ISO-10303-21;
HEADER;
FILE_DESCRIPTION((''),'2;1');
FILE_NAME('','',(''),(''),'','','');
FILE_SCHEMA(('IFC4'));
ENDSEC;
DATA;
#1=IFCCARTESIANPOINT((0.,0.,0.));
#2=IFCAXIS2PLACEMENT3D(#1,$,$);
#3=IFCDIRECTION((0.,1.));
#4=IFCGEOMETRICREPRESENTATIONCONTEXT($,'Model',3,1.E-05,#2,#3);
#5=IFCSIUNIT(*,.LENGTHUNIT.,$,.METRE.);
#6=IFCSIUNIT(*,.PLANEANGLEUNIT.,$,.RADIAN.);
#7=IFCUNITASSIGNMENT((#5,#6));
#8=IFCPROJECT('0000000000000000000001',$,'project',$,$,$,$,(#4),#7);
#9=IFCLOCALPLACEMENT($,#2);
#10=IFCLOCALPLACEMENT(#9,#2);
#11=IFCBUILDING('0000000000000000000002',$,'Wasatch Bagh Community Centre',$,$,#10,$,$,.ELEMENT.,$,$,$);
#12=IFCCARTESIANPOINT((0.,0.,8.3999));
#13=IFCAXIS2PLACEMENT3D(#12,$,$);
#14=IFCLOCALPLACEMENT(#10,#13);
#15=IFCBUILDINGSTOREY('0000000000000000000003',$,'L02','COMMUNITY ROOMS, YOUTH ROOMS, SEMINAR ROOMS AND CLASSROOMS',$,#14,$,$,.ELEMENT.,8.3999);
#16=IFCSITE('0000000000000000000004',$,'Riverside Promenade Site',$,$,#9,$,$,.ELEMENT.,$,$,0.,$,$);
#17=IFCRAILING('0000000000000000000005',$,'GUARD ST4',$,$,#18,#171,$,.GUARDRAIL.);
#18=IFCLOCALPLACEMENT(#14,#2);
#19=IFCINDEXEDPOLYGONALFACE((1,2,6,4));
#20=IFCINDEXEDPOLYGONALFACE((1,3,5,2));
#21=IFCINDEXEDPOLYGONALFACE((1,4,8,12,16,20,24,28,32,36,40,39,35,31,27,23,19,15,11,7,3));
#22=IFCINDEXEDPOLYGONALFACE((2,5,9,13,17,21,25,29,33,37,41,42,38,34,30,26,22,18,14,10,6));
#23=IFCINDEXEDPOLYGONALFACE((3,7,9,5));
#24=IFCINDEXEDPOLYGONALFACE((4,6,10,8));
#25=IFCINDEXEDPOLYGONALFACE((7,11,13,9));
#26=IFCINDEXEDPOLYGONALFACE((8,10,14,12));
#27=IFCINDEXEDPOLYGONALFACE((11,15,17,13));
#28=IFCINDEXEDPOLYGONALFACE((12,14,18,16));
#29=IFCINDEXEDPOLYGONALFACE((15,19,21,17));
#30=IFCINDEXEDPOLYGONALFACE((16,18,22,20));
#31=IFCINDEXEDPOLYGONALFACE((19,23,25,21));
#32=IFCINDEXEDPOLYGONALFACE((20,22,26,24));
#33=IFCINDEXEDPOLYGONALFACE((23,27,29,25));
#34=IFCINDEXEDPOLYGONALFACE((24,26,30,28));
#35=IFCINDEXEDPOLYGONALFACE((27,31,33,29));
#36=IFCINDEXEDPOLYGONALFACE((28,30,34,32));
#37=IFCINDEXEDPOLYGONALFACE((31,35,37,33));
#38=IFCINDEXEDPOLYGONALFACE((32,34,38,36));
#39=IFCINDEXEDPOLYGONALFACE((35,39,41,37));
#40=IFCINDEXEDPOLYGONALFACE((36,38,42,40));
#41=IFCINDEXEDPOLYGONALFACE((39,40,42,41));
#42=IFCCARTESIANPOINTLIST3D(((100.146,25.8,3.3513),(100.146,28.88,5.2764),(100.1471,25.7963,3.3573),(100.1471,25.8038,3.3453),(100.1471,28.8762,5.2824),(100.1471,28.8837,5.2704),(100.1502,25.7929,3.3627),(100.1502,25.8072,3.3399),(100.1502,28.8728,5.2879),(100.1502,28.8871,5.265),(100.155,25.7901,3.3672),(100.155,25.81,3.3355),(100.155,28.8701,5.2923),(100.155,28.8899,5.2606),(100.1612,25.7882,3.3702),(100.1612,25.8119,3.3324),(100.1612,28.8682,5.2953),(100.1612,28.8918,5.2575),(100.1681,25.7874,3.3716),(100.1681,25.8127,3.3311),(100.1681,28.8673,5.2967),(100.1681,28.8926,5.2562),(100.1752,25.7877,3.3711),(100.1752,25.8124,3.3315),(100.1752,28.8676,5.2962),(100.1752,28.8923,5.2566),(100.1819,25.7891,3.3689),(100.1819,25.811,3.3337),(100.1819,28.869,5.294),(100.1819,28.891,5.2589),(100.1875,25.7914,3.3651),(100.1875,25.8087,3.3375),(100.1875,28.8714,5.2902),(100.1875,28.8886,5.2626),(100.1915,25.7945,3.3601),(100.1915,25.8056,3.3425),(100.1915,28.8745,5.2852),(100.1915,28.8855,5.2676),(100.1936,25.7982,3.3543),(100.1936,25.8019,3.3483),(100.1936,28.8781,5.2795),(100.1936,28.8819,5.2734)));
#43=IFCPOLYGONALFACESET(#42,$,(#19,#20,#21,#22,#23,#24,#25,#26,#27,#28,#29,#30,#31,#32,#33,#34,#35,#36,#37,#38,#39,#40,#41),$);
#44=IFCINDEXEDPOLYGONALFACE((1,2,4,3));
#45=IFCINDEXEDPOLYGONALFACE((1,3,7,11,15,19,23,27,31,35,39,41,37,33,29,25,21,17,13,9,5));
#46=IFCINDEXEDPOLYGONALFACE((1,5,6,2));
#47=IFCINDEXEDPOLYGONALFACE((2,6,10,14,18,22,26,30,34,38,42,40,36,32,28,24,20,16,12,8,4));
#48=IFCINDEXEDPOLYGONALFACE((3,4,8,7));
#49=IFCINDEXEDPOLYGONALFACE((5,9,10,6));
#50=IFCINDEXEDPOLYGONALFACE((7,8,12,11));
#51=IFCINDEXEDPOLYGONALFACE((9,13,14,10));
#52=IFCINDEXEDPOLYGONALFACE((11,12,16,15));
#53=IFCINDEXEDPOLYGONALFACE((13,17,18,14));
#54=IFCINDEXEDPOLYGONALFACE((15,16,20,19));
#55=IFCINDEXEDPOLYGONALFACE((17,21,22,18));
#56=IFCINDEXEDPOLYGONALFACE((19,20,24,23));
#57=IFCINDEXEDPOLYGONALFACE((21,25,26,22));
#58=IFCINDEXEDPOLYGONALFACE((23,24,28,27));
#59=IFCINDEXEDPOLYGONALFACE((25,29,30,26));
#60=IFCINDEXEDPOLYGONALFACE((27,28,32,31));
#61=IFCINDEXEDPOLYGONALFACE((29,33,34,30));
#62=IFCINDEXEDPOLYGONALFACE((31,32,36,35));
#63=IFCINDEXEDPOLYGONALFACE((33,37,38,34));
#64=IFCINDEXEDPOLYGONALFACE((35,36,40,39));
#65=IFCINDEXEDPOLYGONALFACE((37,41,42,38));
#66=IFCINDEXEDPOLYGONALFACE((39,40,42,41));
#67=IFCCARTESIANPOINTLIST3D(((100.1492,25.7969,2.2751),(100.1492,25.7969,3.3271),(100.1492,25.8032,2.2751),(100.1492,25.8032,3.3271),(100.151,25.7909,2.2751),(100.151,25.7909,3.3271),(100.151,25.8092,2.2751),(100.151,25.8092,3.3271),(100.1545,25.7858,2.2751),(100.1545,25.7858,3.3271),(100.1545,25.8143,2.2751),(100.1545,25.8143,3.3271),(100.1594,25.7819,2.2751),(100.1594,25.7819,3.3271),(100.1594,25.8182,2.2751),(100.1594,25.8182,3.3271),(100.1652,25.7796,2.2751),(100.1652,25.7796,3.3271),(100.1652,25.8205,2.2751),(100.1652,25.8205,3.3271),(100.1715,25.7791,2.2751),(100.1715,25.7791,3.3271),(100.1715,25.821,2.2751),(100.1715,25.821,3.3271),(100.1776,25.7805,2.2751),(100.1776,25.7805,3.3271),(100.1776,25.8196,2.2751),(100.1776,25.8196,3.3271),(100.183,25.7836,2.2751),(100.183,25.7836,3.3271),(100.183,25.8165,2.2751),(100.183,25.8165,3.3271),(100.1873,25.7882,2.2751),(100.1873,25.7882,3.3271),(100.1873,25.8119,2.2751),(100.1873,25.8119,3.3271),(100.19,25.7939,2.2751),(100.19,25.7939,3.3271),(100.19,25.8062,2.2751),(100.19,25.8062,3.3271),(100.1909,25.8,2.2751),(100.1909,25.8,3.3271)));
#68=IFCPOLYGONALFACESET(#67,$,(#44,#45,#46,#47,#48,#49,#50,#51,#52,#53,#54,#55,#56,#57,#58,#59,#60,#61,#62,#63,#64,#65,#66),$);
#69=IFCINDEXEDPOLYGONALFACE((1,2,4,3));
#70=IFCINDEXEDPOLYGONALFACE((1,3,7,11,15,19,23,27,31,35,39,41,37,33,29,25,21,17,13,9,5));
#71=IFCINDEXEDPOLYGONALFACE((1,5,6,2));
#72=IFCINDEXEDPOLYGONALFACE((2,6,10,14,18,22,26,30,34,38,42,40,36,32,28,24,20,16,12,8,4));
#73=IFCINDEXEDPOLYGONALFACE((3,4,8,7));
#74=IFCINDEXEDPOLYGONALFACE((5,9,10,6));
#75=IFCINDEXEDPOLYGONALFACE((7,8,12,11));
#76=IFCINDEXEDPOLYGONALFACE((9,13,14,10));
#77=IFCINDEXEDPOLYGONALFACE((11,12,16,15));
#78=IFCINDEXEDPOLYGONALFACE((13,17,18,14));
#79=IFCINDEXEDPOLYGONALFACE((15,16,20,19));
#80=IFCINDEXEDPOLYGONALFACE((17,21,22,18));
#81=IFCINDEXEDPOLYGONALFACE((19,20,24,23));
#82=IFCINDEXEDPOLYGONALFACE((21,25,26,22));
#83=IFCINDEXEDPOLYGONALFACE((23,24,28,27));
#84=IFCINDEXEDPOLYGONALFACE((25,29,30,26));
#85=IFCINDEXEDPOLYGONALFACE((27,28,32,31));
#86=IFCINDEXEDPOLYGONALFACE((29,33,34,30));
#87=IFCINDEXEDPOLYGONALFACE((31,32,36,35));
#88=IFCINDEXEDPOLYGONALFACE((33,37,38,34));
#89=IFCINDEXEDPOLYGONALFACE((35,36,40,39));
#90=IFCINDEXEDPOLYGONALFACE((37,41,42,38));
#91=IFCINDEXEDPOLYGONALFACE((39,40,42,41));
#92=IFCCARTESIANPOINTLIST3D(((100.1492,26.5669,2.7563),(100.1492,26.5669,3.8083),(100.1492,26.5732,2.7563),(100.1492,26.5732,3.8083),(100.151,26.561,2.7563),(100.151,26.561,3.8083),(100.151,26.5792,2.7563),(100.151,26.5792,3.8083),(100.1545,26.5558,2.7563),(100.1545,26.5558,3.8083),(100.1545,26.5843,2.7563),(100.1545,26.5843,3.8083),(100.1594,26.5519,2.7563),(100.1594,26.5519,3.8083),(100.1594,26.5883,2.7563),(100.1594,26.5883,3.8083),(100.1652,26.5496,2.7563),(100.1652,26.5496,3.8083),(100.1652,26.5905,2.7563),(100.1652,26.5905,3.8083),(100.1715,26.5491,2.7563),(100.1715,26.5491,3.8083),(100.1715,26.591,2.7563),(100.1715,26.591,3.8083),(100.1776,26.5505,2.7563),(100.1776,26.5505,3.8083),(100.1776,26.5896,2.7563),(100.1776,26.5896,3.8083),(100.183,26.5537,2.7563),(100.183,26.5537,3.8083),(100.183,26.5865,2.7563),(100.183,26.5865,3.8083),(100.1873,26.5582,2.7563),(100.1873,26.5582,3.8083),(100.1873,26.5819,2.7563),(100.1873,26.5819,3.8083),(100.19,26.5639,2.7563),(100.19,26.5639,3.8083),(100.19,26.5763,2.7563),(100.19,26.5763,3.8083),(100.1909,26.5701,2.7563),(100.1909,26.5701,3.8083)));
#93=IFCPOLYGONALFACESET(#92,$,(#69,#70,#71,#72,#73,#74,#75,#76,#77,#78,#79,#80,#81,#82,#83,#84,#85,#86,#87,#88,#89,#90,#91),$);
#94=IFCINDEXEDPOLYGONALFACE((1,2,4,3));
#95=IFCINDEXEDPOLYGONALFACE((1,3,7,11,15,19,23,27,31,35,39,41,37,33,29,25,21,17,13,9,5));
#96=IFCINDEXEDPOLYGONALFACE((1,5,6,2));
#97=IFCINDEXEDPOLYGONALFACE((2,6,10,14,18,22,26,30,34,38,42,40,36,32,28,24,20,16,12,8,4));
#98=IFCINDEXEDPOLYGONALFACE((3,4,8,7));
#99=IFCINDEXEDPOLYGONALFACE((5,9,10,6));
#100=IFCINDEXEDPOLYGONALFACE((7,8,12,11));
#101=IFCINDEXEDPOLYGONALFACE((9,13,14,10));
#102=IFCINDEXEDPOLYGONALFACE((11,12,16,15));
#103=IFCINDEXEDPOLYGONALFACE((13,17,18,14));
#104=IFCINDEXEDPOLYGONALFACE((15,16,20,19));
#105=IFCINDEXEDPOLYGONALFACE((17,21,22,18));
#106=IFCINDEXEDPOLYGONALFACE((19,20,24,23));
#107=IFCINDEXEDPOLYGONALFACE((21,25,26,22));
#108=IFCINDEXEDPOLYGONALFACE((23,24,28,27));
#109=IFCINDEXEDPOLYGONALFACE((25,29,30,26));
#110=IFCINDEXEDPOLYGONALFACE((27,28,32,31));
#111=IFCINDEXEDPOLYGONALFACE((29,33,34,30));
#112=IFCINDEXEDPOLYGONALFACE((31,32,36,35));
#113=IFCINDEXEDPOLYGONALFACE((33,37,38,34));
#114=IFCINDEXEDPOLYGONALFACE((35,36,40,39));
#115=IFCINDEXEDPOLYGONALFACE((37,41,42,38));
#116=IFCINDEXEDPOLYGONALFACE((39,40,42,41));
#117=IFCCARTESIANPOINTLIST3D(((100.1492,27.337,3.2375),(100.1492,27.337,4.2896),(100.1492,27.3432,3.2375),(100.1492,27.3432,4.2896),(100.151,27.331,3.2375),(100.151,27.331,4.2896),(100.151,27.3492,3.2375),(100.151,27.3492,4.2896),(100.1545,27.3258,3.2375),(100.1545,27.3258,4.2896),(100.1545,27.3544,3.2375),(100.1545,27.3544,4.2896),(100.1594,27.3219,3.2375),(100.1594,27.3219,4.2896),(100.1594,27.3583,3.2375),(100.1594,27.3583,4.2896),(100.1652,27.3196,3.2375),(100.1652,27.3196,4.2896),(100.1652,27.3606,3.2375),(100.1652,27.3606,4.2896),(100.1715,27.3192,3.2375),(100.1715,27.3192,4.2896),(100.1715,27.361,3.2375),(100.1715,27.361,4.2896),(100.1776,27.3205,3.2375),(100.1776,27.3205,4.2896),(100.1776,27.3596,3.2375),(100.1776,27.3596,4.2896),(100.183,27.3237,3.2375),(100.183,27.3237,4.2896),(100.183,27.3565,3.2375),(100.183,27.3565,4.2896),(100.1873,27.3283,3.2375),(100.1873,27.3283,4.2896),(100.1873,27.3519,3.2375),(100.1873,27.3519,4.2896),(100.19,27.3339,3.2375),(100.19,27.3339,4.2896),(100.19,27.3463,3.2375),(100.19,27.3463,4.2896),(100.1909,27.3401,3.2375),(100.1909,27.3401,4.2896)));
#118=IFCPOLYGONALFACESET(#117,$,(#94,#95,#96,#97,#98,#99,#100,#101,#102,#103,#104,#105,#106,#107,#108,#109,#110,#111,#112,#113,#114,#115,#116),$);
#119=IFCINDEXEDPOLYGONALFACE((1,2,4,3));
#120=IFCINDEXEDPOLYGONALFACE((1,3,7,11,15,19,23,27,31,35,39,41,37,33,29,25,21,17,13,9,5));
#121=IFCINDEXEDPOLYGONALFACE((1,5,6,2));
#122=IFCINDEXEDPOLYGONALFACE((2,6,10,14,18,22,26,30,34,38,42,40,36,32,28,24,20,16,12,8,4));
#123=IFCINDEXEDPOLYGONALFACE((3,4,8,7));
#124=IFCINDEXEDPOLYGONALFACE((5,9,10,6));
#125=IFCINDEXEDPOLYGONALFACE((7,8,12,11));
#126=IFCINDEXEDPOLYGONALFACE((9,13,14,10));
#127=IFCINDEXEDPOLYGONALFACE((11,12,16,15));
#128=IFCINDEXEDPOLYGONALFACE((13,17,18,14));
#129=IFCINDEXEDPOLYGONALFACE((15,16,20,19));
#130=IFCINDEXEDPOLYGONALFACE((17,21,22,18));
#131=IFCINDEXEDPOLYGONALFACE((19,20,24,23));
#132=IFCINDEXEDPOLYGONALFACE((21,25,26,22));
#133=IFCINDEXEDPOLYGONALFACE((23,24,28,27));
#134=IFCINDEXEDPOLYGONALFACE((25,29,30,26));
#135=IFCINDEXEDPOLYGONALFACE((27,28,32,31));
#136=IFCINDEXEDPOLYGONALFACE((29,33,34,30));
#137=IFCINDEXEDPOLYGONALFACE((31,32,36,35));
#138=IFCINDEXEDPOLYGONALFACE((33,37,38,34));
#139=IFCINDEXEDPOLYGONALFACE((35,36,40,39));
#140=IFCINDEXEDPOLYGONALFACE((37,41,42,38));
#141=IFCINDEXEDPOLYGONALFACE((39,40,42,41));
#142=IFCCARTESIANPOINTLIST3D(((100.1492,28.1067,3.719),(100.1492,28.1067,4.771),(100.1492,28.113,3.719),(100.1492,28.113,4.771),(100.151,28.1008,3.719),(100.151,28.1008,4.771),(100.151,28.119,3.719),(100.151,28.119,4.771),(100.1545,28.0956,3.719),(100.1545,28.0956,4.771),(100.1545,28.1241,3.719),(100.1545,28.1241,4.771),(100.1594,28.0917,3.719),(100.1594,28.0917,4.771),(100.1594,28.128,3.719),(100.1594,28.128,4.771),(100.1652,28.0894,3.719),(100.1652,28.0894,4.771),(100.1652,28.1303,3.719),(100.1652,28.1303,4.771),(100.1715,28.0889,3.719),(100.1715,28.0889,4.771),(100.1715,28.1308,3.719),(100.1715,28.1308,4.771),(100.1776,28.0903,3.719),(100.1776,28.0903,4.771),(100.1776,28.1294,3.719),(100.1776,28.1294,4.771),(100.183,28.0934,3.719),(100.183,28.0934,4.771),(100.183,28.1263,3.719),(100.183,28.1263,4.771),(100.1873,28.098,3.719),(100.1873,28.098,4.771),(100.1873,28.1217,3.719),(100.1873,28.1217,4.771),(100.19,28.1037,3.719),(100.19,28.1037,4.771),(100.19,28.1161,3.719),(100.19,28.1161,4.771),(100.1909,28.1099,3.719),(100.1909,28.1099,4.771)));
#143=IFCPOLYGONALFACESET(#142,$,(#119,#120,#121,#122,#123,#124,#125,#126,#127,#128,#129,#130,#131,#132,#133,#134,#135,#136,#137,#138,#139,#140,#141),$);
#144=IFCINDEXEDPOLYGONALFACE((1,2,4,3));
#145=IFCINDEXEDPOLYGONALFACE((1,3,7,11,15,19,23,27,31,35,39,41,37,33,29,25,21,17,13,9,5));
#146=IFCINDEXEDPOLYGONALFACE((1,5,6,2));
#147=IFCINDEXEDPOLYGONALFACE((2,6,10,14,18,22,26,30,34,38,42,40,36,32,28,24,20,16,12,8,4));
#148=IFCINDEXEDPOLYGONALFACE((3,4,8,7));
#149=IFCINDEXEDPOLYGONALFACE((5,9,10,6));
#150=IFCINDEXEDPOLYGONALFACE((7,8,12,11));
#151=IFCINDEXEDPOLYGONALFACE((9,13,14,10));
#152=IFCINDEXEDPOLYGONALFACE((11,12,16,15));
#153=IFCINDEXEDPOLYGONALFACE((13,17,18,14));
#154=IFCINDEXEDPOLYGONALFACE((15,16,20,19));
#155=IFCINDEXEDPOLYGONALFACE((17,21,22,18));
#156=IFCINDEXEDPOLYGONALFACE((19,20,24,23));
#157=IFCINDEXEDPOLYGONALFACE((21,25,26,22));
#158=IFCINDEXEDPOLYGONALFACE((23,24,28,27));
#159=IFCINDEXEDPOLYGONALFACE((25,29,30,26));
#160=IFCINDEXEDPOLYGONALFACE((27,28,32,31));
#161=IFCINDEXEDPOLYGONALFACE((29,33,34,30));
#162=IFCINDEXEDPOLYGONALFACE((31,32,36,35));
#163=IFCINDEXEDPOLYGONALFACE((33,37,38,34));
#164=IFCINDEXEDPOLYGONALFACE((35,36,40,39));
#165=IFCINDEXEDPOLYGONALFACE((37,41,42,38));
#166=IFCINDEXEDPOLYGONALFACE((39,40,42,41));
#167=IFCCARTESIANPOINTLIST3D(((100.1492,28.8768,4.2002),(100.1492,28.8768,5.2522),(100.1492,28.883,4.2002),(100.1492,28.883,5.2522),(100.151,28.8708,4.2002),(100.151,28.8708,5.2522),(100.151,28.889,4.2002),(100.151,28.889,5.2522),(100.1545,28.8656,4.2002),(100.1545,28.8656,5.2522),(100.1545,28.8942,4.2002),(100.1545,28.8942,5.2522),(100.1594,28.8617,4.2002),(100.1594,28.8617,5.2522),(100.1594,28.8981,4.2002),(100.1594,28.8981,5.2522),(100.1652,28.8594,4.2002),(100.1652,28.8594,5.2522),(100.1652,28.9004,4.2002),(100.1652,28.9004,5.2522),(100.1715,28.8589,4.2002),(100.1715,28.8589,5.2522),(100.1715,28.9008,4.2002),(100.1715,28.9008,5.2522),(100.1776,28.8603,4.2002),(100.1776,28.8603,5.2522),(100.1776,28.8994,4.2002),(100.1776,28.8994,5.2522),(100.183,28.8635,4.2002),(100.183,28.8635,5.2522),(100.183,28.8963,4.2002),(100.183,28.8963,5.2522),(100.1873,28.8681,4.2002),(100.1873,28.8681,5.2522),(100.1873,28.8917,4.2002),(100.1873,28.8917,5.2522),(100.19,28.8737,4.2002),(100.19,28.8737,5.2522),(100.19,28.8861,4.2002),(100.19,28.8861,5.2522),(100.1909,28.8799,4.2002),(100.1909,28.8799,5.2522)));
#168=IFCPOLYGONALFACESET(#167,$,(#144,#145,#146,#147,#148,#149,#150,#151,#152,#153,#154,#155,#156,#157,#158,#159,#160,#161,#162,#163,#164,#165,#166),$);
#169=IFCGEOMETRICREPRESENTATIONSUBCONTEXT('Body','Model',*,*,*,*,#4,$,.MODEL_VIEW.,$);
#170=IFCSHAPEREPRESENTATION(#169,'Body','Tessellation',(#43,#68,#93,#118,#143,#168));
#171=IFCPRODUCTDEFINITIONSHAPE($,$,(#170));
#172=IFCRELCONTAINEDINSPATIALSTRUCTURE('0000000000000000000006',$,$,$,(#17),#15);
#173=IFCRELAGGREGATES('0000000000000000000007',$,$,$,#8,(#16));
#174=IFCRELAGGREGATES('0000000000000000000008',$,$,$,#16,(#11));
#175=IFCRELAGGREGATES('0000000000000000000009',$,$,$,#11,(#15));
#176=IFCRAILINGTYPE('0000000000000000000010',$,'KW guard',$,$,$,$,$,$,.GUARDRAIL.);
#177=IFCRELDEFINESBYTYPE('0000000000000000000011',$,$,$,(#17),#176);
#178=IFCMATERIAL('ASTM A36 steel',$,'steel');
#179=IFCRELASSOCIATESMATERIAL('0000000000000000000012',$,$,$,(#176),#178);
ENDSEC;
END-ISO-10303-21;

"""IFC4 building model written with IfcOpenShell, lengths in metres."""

from ifc_helpers import new_model, si_unit, direction, frame, origin, origin_2d, place, context, subcontext, project, spatial, circle, extrude, material, type_object, element, save


model = new_model("IFC4")

# Units and contexts
model_context = context("Model", 3, precision=1e-05, world=origin(), true_north=direction((0.0, 1.0)))
body_context = subcontext(model_context, "Body", "Model", "MODEL_VIEW")
ifc_project = project(units=[si_unit("LENGTHUNIT", "METRE"), si_unit("PLANEANGLEUNIT", "RADIAN")], contexts=[model_context])

# Site, building, storey
site_placement = place(None, origin())
site = spatial("IfcSite", under=ifc_project, at=site_placement, Name="Riverside Promenade Site", CompositionType="ELEMENT", RefElevation=0.0)
building_placement = place(site_placement, origin())
building = spatial("IfcBuilding", under=site, at=building_placement, Name="Wasatch Bagh Community Centre", CompositionType="ELEMENT")
storey_placement = place(building_placement, frame((0.0, 0.0, 8.3999)))
storey = spatial("IfcBuildingStorey", under=building, at=storey_placement, Name="L02", Description="COMMUNITY ROOMS, YOUTH ROOMS, SEMINAR ROOMS AND CLASSROOMS", CompositionType="ELEMENT", Elevation=8.3999)

# Railing
ifc_material_1 = material(Name="ASTM A36 steel", Category="steel")
railing_type_1 = type_object("IfcRailingType", Name="KW guard", PredefinedType="GUARDRAIL", material=ifc_material_1)
for number, where, name in (
    (1, (100.1699, 25.8, 2.2751), "GUARD ST4"),
):
    element("IfcRailing", number, at=place(storey_placement, frame(where)), inside=storey, type_object=railing_type_1, Name=name, PredefinedType="GUARDRAIL", context=body_context, shape_type="SweptSolid", body=[
        extrude(circle(Radius=0.0239, at=origin_2d()), frame((0.0, 0.0, 1.0762), z_axis=(0.0, 0.847979, 0.530029), x_axis=(-1.0, 0.0, 0.0)), (0.0, 0.0, 1.0), 3.6321),
        extrude(circle(Radius=0.021, at=origin_2d()), origin(), (0.0, 0.0, 1.0), 1.052),
        extrude(circle(Radius=0.021, at=origin_2d()), frame((0.0, 0.77, 0.4812)), (0.0, 0.0, 1.0), 1.052),
        extrude(circle(Radius=0.021, at=origin_2d()), frame((0.0, 1.54, 0.9624)), (0.0, 0.0, 1.0), 1.052),
        extrude(circle(Radius=0.021, at=origin_2d()), frame((0.0, 2.3098, 1.4438)), (0.0, 0.0, 1.0), 1.052),
        extrude(circle(Radius=0.021, at=origin_2d()), frame((0.0, 3.0798, 1.925)), (0.0, 0.0, 1.0), 1.052),
    ])

save(model, "model.ifc")
